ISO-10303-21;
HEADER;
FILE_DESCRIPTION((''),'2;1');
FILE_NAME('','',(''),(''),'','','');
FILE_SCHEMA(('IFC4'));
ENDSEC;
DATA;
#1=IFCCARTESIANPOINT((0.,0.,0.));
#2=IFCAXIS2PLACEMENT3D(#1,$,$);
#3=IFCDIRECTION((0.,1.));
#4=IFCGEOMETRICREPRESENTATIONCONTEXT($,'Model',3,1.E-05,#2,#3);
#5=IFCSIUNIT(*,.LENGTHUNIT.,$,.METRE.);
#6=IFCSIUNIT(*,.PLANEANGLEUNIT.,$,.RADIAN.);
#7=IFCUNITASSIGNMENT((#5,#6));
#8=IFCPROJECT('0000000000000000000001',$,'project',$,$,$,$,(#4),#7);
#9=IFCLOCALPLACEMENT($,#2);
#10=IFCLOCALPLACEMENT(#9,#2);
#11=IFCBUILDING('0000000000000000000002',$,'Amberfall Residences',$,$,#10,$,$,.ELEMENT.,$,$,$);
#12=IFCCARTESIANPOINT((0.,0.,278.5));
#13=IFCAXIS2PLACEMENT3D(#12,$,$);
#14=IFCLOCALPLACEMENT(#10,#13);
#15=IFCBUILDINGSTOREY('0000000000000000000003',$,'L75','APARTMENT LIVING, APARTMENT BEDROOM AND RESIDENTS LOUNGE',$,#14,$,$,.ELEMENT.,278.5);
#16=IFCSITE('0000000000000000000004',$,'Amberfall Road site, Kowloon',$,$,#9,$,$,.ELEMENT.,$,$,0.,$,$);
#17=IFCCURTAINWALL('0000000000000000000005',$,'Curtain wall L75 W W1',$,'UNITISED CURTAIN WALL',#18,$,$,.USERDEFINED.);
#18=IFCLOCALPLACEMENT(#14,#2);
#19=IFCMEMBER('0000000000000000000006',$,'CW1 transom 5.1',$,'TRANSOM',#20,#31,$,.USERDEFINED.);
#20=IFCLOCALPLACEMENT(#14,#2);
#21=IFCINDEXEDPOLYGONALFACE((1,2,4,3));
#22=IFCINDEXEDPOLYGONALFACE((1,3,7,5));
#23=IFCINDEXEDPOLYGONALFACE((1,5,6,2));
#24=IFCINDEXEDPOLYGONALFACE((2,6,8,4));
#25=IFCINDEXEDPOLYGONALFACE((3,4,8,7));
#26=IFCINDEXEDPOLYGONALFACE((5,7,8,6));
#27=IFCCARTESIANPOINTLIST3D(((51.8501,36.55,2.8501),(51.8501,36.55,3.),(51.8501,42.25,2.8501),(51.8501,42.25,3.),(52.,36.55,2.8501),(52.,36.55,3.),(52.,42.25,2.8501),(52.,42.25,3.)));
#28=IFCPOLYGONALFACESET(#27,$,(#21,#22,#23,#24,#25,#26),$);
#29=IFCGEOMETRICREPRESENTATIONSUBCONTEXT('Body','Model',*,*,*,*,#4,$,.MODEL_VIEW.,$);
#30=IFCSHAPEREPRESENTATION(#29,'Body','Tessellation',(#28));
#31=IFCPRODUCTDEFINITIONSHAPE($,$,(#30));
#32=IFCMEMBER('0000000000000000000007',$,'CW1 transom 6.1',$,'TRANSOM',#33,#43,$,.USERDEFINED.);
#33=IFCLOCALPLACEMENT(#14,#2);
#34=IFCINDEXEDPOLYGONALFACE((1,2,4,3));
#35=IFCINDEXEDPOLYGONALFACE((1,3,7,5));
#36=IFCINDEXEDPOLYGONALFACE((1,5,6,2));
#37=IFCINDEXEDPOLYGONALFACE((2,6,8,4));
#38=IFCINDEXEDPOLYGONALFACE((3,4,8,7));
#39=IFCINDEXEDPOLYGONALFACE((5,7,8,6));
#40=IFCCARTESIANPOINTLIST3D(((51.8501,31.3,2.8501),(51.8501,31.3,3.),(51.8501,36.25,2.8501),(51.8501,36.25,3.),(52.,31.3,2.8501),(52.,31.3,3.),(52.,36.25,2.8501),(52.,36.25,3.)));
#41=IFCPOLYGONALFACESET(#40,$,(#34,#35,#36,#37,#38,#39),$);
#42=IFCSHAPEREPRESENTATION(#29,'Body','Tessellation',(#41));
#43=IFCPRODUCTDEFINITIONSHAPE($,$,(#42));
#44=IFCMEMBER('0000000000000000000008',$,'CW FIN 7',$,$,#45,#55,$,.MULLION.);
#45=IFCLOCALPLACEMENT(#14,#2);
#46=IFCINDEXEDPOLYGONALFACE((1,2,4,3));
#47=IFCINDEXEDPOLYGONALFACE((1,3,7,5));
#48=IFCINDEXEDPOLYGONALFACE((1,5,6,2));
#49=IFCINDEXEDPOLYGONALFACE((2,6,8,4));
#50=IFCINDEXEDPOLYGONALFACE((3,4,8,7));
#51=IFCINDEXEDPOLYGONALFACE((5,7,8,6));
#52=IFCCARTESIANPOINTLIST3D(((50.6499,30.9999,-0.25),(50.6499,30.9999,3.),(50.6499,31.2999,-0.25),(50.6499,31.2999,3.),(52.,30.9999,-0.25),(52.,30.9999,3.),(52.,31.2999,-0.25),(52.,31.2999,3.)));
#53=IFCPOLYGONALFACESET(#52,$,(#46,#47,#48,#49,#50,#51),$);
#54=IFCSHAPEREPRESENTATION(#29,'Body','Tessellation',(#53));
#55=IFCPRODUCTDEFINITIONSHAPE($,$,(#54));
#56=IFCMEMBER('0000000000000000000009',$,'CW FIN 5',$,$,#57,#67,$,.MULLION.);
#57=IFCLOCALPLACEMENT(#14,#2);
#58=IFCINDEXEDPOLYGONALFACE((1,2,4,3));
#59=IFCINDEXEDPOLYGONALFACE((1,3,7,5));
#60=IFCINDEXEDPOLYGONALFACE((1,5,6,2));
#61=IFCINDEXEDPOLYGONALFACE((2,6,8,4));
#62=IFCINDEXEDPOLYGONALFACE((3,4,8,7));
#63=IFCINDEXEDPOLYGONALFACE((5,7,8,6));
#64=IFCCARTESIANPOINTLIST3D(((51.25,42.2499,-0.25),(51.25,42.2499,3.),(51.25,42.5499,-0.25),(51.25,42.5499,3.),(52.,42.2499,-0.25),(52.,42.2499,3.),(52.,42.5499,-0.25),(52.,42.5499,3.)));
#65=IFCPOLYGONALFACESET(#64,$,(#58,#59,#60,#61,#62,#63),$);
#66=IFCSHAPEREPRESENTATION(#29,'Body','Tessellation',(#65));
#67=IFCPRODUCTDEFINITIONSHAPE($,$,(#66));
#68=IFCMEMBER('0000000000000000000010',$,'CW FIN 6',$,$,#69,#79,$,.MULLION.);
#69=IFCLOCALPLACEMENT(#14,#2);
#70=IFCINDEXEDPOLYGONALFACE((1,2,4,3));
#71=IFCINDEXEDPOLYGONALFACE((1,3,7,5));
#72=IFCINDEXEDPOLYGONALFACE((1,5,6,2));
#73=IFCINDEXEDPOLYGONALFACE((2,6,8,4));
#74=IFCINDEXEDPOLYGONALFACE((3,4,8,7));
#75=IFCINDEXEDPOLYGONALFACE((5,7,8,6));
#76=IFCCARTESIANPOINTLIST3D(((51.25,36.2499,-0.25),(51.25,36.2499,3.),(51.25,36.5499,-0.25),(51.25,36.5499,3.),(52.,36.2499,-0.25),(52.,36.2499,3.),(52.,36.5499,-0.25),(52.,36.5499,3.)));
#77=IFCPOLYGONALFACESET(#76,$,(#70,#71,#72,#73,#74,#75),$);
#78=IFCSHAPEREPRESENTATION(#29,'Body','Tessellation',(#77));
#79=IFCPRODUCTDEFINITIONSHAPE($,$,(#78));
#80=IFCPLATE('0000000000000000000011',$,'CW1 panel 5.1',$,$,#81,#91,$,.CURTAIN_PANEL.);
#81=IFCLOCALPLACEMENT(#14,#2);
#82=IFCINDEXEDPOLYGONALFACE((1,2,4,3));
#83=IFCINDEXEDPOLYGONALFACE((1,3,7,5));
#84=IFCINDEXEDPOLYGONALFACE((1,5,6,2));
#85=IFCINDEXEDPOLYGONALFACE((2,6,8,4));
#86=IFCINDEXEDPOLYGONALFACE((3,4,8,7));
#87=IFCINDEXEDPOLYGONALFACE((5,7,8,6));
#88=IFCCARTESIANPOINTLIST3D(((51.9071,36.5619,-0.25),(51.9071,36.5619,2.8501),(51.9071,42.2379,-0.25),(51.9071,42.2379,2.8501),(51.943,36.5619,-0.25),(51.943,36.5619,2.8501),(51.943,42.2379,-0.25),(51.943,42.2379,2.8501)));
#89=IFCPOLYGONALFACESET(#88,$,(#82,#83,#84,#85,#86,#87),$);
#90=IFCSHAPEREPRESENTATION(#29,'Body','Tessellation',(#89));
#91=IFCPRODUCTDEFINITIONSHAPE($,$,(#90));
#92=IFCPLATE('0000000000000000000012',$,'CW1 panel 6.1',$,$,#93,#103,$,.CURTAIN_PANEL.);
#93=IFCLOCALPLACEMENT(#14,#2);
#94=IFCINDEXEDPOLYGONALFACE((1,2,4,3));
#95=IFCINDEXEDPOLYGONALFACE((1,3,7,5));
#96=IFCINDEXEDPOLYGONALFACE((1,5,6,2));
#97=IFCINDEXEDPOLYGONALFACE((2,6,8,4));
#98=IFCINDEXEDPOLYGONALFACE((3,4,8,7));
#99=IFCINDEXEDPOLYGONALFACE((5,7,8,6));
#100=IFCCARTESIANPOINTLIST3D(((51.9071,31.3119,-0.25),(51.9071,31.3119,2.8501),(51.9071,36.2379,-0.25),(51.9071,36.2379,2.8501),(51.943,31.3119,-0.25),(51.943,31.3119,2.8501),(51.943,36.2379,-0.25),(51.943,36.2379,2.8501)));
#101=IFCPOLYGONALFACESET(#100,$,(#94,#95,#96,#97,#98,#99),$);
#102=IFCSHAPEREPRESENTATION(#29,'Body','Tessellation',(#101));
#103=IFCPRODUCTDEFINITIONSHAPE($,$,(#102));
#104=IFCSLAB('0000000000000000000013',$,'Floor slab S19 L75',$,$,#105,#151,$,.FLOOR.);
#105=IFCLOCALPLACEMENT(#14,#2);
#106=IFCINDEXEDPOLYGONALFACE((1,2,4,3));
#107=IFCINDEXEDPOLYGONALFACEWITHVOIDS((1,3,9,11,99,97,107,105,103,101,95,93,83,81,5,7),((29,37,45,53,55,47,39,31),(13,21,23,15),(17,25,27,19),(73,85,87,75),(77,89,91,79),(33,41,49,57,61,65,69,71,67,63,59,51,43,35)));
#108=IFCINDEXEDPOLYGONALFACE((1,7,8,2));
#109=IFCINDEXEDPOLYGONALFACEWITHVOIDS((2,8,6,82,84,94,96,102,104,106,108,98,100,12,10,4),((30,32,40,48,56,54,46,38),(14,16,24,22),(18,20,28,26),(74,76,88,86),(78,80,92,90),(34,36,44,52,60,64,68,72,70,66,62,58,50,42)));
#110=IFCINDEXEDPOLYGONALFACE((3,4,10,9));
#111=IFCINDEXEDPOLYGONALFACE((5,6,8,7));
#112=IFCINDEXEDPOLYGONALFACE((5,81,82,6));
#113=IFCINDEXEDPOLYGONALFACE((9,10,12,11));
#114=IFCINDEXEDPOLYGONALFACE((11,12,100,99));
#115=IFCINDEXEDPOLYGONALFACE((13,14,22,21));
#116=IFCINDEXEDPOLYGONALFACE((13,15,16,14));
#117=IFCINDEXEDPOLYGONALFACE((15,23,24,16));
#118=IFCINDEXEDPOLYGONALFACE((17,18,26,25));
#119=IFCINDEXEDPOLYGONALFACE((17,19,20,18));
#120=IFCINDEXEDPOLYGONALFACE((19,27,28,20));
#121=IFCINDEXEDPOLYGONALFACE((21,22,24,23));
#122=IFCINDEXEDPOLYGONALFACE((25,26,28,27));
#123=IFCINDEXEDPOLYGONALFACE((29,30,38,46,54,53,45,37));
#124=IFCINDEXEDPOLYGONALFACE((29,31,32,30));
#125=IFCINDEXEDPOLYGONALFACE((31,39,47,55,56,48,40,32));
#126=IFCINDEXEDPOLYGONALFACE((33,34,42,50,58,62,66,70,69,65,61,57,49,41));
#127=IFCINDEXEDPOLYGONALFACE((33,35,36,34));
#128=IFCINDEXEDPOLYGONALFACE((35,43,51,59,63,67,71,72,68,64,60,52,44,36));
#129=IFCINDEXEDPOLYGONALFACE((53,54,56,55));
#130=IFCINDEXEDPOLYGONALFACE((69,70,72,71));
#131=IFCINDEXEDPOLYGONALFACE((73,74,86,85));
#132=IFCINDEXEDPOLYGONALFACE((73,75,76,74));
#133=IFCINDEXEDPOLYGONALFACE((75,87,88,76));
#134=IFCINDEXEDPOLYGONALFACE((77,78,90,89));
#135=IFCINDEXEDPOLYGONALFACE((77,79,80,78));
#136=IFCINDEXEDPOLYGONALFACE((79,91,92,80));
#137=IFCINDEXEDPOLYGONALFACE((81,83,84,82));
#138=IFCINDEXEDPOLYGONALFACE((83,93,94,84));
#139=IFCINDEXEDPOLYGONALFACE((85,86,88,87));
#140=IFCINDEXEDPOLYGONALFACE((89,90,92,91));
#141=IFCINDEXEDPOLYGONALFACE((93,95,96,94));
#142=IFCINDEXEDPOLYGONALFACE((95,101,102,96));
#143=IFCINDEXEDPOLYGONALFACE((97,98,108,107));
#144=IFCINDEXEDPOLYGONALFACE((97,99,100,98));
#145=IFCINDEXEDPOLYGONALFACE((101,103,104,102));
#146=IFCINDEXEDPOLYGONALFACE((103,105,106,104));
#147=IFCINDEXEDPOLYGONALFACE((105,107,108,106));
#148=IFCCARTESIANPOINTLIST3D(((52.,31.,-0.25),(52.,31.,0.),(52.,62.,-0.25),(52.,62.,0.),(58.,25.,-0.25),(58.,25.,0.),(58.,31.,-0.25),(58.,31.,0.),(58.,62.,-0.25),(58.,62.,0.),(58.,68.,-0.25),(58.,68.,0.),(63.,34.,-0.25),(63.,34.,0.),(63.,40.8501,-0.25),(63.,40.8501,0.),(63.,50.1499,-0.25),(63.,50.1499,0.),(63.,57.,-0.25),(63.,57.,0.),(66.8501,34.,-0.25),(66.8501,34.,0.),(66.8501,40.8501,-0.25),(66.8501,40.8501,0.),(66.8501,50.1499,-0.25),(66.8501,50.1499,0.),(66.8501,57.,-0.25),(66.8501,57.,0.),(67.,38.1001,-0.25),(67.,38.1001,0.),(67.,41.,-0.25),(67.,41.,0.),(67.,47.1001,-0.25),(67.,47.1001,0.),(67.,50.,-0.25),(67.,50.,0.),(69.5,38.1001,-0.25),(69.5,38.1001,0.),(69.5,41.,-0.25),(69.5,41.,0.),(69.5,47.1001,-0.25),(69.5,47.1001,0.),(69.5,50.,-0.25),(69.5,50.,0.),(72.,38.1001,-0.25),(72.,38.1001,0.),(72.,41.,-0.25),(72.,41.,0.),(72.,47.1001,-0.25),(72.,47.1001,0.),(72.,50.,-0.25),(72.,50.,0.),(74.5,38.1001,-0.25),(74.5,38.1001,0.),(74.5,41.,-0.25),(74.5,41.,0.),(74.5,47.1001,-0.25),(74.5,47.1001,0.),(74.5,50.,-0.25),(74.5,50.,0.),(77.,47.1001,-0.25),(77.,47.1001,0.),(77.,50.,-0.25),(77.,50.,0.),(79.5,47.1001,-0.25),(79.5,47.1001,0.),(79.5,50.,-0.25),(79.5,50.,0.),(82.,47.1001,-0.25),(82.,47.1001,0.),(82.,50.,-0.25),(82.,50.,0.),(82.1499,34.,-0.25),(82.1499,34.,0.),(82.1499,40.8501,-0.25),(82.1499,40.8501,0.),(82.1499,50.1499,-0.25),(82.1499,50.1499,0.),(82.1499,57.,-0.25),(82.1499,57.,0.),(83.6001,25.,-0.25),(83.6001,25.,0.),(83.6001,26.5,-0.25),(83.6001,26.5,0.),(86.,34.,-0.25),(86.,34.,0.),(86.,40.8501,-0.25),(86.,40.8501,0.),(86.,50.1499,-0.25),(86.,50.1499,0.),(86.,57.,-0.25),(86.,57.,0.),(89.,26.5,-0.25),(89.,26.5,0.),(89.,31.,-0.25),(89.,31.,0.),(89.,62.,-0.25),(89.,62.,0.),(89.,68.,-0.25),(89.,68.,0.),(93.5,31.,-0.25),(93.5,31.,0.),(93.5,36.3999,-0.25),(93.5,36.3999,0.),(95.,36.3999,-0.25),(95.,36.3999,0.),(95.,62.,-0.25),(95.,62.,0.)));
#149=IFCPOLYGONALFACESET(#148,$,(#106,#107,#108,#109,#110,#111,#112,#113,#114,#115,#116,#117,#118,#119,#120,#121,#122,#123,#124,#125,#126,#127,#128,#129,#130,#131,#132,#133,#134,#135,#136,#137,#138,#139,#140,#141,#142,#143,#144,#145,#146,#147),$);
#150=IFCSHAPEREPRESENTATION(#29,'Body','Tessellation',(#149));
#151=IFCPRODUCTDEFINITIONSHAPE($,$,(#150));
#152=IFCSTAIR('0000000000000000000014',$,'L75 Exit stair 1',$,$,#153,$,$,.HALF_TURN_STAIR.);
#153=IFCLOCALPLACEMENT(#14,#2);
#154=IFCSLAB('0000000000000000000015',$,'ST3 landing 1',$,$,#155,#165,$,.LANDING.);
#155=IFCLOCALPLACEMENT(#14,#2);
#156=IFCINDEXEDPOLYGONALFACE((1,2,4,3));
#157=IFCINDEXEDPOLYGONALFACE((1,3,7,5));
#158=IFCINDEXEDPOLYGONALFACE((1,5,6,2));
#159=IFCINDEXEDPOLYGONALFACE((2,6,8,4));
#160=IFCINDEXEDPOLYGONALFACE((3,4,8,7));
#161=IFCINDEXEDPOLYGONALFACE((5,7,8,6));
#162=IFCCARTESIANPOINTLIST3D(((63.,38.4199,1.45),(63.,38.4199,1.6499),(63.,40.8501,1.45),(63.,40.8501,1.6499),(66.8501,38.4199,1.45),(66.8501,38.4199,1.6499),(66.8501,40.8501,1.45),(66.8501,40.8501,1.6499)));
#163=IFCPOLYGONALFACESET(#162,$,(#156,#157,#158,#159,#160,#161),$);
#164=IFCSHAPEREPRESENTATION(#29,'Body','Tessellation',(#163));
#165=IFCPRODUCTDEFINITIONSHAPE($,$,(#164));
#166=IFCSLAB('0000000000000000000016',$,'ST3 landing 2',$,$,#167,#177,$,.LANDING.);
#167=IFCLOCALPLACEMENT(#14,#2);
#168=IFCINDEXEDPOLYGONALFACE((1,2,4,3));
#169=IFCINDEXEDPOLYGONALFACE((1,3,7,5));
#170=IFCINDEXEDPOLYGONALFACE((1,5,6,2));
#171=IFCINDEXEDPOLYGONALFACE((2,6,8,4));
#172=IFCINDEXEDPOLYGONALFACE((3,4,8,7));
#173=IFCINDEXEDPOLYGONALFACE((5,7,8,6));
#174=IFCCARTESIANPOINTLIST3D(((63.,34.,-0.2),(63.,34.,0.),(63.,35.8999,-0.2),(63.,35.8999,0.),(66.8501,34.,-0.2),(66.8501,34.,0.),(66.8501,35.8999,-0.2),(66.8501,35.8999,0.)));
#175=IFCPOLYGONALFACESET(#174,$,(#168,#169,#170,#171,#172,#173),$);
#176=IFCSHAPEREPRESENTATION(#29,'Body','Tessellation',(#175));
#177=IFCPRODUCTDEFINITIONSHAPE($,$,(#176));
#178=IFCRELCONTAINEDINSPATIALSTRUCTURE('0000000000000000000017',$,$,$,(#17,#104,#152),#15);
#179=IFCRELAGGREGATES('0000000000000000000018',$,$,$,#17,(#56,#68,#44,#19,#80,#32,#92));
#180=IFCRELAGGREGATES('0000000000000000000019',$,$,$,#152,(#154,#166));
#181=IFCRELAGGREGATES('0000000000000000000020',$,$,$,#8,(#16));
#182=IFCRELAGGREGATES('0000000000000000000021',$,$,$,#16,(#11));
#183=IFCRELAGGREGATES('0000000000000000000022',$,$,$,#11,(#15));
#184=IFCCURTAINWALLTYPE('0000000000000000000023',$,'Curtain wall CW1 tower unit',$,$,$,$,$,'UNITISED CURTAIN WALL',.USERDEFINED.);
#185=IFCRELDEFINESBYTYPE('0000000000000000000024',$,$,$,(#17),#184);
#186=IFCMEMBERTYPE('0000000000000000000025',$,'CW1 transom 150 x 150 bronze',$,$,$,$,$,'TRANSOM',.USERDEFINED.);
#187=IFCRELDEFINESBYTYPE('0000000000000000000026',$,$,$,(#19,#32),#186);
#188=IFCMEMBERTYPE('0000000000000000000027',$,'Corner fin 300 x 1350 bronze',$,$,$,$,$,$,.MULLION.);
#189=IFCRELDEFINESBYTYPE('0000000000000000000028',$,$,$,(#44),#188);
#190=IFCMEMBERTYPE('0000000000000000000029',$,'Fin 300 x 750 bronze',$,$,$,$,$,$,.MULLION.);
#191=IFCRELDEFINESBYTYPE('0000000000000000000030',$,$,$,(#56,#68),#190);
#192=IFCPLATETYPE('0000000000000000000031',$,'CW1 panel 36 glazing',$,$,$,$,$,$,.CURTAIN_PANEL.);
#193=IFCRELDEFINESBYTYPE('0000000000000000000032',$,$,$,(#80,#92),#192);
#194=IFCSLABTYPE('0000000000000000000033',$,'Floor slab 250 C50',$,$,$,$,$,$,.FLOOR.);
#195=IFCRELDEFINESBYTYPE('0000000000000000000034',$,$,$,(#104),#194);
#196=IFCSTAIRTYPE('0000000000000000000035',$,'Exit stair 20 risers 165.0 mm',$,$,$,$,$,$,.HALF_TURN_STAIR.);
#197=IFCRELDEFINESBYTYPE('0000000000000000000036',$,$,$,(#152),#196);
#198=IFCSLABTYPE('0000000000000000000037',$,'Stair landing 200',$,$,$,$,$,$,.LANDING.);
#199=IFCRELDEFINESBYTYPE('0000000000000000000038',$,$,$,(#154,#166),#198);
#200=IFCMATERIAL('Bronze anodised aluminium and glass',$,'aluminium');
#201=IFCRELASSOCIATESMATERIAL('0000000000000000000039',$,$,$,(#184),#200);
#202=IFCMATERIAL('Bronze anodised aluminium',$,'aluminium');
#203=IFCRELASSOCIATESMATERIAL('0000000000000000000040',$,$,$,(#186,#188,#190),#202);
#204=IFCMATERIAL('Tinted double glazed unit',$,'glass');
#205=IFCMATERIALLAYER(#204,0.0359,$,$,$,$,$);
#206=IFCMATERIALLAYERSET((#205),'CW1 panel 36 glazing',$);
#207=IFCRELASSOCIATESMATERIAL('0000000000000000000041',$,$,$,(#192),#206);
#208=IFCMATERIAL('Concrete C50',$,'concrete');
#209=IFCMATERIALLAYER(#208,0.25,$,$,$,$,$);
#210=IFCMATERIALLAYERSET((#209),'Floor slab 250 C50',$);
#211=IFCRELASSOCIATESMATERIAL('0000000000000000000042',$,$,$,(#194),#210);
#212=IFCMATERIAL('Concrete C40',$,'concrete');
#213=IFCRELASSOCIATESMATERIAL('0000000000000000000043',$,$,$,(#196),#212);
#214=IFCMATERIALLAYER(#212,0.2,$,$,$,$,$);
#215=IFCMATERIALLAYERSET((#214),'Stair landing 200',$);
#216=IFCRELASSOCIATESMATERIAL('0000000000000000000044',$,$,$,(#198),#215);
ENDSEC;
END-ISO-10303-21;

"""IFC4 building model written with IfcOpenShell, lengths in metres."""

from ifc_helpers import new_model, si_unit, direction, frame, origin, origin_2d, place, context, subcontext, project, spatial, polyline, rectangle, outline, extrude, material, layer, layer_set, material_profile, profile_set, type_object, element, aggregate, save


model = new_model("IFC4")

# Units and contexts
model_context = context("Model", 3, precision=1e-05, world=origin(), true_north=direction((0.0, 1.0)))
body_context = subcontext(model_context, "Body", "Model", "MODEL_VIEW")
ifc_project = project(units=[si_unit("LENGTHUNIT", "METRE"), si_unit("PLANEANGLEUNIT", "RADIAN")], contexts=[model_context])

# Site, building, storey
site_placement = place(None, origin())
site = spatial("IfcSite", under=ifc_project, at=site_placement, Name="Amberfall Road site, Kowloon", CompositionType="ELEMENT", RefElevation=0.0)
building_placement = place(site_placement, origin())
building = spatial("IfcBuilding", under=site, at=building_placement, Name="Amberfall Residences", CompositionType="ELEMENT")
storey_placement = place(building_placement, frame((0.0, 0.0, 278.5)))
storey = spatial("IfcBuildingStorey", under=building, at=storey_placement, Name="L75", Description="APARTMENT LIVING, APARTMENT BEDROOM AND RESIDENTS LOUNGE", CompositionType="ELEMENT", Elevation=278.5)

# Curtain wall, members, plates
ifc_material_1 = material(Name="Bronze anodised aluminium and glass", Category="aluminium")
curtain_wall_type = type_object("IfcCurtainWallType", Name="Curtain wall CW1 tower unit", ElementType="UNITISED CURTAIN WALL", PredefinedType="USERDEFINED", material=ifc_material_1)
curtain_wall_placement = place(storey_placement, origin())
curtain_wall = element("IfcCurtainWall", 1, at=curtain_wall_placement, inside=storey, type_object=curtain_wall_type, Name="Curtain wall L75 W W1", ObjectType="UNITISED CURTAIN WALL", PredefinedType="USERDEFINED")
ifc_material_2 = material(Name="Bronze anodised aluminium", Category="aluminium")
ifc_material_profile_1 = material_profile(ifc_material_2, rectangle(XDim=0.1499, YDim=0.1499, at=origin_2d()), Name="CW1 transom 150 x 150 bronze")
ifc_profile_set_1 = profile_set([ifc_material_profile_1], Name="Bronze anodised aluminium")
member_type_1 = type_object("IfcMemberType", Name="CW1 transom 150 x 150 bronze", ElementType="TRANSOM", PredefinedType="USERDEFINED", material=ifc_profile_set_1)
member_1_placement = place(storey_placement, frame((51.925, 42.25, 2.925), z_axis=(0.0, -1.0, 0.0), x_axis=(1.0, 0.0, 0.0)))
member_1 = element("IfcMember", 2, at=member_1_placement, type_object=member_type_1, Name="CW1 transom 5.1", ObjectType="TRANSOM", PredefinedType="USERDEFINED", context=body_context, shape_type="SweptSolid", body=[
    extrude(rectangle(XDim=0.1499, YDim=0.1499, at=origin_2d()), origin(), (0.0, 0.0, 1.0), 5.7),
])
member_2_placement = place(storey_placement, frame((51.925, 36.25, 2.925), z_axis=(0.0, -1.0, 0.0), x_axis=(1.0, 0.0, 0.0)))
member_2 = element("IfcMember", 3, at=member_2_placement, type_object=member_type_1, Name="CW1 transom 6.1", ObjectType="TRANSOM", PredefinedType="USERDEFINED", context=body_context, shape_type="SweptSolid", body=[
    extrude(rectangle(XDim=0.1499, YDim=0.1499, at=origin_2d()), origin(), (0.0, 0.0, 1.0), 4.95),
])
ifc_material_profile_2 = material_profile(ifc_material_2, rectangle(XDim=1.3501, YDim=0.3, at=origin_2d()), Name="Corner fin 300 x 1350 bronze")
ifc_profile_set_2 = profile_set([ifc_material_profile_2], Name="Bronze anodised aluminium")
member_type_2 = type_object("IfcMemberType", Name="Corner fin 300 x 1350 bronze", PredefinedType="MULLION", material=ifc_profile_set_2)
member_3_placement = place(storey_placement, frame((51.325, 31.1499, -0.25), z_axis=(0.0, 0.0, 1.0), x_axis=(1.0, 0.0, 0.0)))
member_3 = element("IfcMember", 4, at=member_3_placement, type_object=member_type_2, Name="CW FIN 7", PredefinedType="MULLION", context=body_context, shape_type="SweptSolid", body=[
    extrude(rectangle(XDim=1.3501, YDim=0.3, at=origin_2d()), origin(), (0.0, 0.0, 1.0), 3.25),
])
ifc_material_profile_3 = material_profile(ifc_material_2, rectangle(XDim=0.75, YDim=0.3, at=origin_2d()), Name="Fin 300 x 750 bronze")
ifc_profile_set_3 = profile_set([ifc_material_profile_3], Name="Bronze anodised aluminium")
member_type_3 = type_object("IfcMemberType", Name="Fin 300 x 750 bronze", PredefinedType="MULLION", material=ifc_profile_set_3)
member_4_placement = place(storey_placement, frame((51.625, 42.3999, -0.25), z_axis=(0.0, 0.0, 1.0), x_axis=(1.0, 0.0, 0.0)))
member_4 = element("IfcMember", 5, at=member_4_placement, type_object=member_type_3, Name="CW FIN 5", PredefinedType="MULLION", context=body_context, shape_type="SweptSolid", body=[
    extrude(rectangle(XDim=0.75, YDim=0.3, at=origin_2d()), origin(), (0.0, 0.0, 1.0), 3.25),
])
member_5_placement = place(storey_placement, frame((51.625, 36.3999, -0.25), z_axis=(0.0, 0.0, 1.0), x_axis=(1.0, 0.0, 0.0)))
member_5 = element("IfcMember", 6, at=member_5_placement, type_object=member_type_3, Name="CW FIN 6", PredefinedType="MULLION", context=body_context, shape_type="SweptSolid", body=[
    extrude(rectangle(XDim=0.75, YDim=0.3, at=origin_2d()), origin(), (0.0, 0.0, 1.0), 3.25),
])
ifc_material_3 = material(Name="Tinted double glazed unit", Category="glass")
ifc_layer_1 = layer(ifc_material_3, 0.0359)
ifc_layer_set_1 = layer_set([ifc_layer_1], Name="CW1 panel 36 glazing")
plate_type = type_object("IfcPlateType", Name="CW1 panel 36 glazing", PredefinedType="CURTAIN_PANEL", material=ifc_layer_set_1)
plate_1_placement = place(storey_placement, frame((51.925, 39.3999, -0.25), z_axis=(0.0, 0.0, 1.0), x_axis=(0.0, -1.0, 0.0)))
plate_1 = element("IfcPlate", 7, at=plate_1_placement, type_object=plate_type, Name="CW1 panel 5.1", PredefinedType="CURTAIN_PANEL", context=body_context, shape_type="SweptSolid", body=[
    extrude(rectangle(XDim=5.676, YDim=0.0359, at=origin_2d()), origin(), (0.0, 0.0, 1.0), 3.1001),
])
plate_2_placement = place(storey_placement, frame((51.925, 33.7749, -0.25), z_axis=(0.0, 0.0, 1.0), x_axis=(0.0, -1.0, 0.0)))
plate_2 = element("IfcPlate", 8, at=plate_2_placement, type_object=plate_type, Name="CW1 panel 6.1", PredefinedType="CURTAIN_PANEL", context=body_context, shape_type="SweptSolid", body=[
    extrude(rectangle(XDim=4.926, YDim=0.0359, at=origin_2d()), origin(), (0.0, 0.0, 1.0), 3.1001),
])
aggregate(curtain_wall, [member_4, member_5, member_3, member_1, plate_1, member_2, plate_2])

# Slab
ifc_material_4 = material(Name="Concrete C50", Category="concrete")
ifc_layer_2 = layer(ifc_material_4, 0.25)
ifc_layer_set_2 = layer_set([ifc_layer_2], Name="Floor slab 250 C50")
slab_type_1 = type_object("IfcSlabType", Name="Floor slab 250 C50", PredefinedType="FLOOR", material=ifc_layer_set_2)
slab_1_placement = place(storey_placement, frame((0.0, 0.0, -0.25)))
element("IfcSlab", 9, at=slab_1_placement, inside=storey, type_object=slab_type_1, Name="Floor slab S19 L75", PredefinedType="FLOOR", context=body_context, shape_type="SweptSolid", body=[
    extrude(outline(polyline([(83.6001, 26.5), (83.6001, 25.0), (58.0, 25.0), (58.0, 31.0), (52.0, 31.0), (52.0, 62.0), (58.0, 62.0), (58.0, 68.0), (89.0, 68.0), (89.0, 62.0), (95.0, 62.0), (95.0, 36.3999), (93.5, 36.3999), (93.5, 31.0), (89.0, 31.0), (89.0, 26.5), (83.6001, 26.5)]), holes=[polyline([(86.0, 34.0), (86.0, 40.8501), (82.1499, 40.8501), (82.1499, 34.0), (86.0, 34.0)]), polyline([(86.0, 50.1499), (86.0, 57.0), (82.1499, 57.0), (82.1499, 50.1499), (86.0, 50.1499)]), polyline([(67.0, 50.0), (67.0, 47.1001), (69.5, 47.1001), (72.0, 47.1001), (74.5, 47.1001), (77.0, 47.1001), (79.5, 47.1001), (82.0, 47.1001), (82.0, 50.0), (79.5, 50.0), (77.0, 50.0), (74.5, 50.0), (72.0, 50.0), (69.5, 50.0), (67.0, 50.0)]), polyline([(69.5, 41.0), (67.0, 41.0), (67.0, 38.1001), (69.5, 38.1001), (72.0, 38.1001), (74.5, 38.1001), (74.5, 41.0), (72.0, 41.0), (69.5, 41.0)]), polyline([(66.8501, 40.8501), (63.0, 40.8501), (63.0, 34.0), (66.8501, 34.0), (66.8501, 40.8501)]), polyline([(66.8501, 57.0), (63.0, 57.0), (63.0, 50.1499), (66.8501, 50.1499), (66.8501, 57.0)])]), origin(), (0.0, 0.0, 1.0), 0.25),
])

# Stair, slabs
ifc_material_5 = material(Name="Concrete C40", Category="concrete")
stair_type = type_object("IfcStairType", Name="Exit stair 20 risers 165.0 mm", PredefinedType="HALF_TURN_STAIR", material=ifc_material_5)
stair_1_placement = place(storey_placement, origin())
stair_1 = element("IfcStair", 10, at=stair_1_placement, inside=storey, type_object=stair_type, Name="L75 Exit stair 1", PredefinedType="HALF_TURN_STAIR")
ifc_layer_3 = layer(ifc_material_5, 0.2)
ifc_layer_set_3 = layer_set([ifc_layer_3], Name="Stair landing 200")
slab_type_2 = type_object("IfcSlabType", Name="Stair landing 200", PredefinedType="LANDING", material=ifc_layer_set_3)
slab_2_placement = place(storey_placement, frame((0.0, 0.0, 1.45)))
slab_2 = element("IfcSlab", 11, at=slab_2_placement, type_object=slab_type_2, Name="ST3 landing 1", PredefinedType="LANDING", context=body_context, shape_type="SweptSolid", body=[
    extrude(outline(polyline([(66.8501, 38.4199), (66.8501, 40.8501), (63.0, 40.8501), (63.0, 38.4199), (66.8501, 38.4199)])), origin(), (0.0, 0.0, 1.0), 0.2),
])
slab_3_placement = place(storey_placement, frame((0.0, 0.0, -0.2)))
slab_3 = element("IfcSlab", 12, at=slab_3_placement, type_object=slab_type_2, Name="ST3 landing 2", PredefinedType="LANDING", context=body_context, shape_type="SweptSolid", body=[
    extrude(outline(polyline([(66.8501, 34.0), (66.8501, 35.8999), (63.0, 35.8999), (63.0, 34.0), (66.8501, 34.0)])), origin(), (0.0, 0.0, 1.0), 0.2),
])
aggregate(stair_1, [slab_2, slab_3])

save(model, "model.ifc")
